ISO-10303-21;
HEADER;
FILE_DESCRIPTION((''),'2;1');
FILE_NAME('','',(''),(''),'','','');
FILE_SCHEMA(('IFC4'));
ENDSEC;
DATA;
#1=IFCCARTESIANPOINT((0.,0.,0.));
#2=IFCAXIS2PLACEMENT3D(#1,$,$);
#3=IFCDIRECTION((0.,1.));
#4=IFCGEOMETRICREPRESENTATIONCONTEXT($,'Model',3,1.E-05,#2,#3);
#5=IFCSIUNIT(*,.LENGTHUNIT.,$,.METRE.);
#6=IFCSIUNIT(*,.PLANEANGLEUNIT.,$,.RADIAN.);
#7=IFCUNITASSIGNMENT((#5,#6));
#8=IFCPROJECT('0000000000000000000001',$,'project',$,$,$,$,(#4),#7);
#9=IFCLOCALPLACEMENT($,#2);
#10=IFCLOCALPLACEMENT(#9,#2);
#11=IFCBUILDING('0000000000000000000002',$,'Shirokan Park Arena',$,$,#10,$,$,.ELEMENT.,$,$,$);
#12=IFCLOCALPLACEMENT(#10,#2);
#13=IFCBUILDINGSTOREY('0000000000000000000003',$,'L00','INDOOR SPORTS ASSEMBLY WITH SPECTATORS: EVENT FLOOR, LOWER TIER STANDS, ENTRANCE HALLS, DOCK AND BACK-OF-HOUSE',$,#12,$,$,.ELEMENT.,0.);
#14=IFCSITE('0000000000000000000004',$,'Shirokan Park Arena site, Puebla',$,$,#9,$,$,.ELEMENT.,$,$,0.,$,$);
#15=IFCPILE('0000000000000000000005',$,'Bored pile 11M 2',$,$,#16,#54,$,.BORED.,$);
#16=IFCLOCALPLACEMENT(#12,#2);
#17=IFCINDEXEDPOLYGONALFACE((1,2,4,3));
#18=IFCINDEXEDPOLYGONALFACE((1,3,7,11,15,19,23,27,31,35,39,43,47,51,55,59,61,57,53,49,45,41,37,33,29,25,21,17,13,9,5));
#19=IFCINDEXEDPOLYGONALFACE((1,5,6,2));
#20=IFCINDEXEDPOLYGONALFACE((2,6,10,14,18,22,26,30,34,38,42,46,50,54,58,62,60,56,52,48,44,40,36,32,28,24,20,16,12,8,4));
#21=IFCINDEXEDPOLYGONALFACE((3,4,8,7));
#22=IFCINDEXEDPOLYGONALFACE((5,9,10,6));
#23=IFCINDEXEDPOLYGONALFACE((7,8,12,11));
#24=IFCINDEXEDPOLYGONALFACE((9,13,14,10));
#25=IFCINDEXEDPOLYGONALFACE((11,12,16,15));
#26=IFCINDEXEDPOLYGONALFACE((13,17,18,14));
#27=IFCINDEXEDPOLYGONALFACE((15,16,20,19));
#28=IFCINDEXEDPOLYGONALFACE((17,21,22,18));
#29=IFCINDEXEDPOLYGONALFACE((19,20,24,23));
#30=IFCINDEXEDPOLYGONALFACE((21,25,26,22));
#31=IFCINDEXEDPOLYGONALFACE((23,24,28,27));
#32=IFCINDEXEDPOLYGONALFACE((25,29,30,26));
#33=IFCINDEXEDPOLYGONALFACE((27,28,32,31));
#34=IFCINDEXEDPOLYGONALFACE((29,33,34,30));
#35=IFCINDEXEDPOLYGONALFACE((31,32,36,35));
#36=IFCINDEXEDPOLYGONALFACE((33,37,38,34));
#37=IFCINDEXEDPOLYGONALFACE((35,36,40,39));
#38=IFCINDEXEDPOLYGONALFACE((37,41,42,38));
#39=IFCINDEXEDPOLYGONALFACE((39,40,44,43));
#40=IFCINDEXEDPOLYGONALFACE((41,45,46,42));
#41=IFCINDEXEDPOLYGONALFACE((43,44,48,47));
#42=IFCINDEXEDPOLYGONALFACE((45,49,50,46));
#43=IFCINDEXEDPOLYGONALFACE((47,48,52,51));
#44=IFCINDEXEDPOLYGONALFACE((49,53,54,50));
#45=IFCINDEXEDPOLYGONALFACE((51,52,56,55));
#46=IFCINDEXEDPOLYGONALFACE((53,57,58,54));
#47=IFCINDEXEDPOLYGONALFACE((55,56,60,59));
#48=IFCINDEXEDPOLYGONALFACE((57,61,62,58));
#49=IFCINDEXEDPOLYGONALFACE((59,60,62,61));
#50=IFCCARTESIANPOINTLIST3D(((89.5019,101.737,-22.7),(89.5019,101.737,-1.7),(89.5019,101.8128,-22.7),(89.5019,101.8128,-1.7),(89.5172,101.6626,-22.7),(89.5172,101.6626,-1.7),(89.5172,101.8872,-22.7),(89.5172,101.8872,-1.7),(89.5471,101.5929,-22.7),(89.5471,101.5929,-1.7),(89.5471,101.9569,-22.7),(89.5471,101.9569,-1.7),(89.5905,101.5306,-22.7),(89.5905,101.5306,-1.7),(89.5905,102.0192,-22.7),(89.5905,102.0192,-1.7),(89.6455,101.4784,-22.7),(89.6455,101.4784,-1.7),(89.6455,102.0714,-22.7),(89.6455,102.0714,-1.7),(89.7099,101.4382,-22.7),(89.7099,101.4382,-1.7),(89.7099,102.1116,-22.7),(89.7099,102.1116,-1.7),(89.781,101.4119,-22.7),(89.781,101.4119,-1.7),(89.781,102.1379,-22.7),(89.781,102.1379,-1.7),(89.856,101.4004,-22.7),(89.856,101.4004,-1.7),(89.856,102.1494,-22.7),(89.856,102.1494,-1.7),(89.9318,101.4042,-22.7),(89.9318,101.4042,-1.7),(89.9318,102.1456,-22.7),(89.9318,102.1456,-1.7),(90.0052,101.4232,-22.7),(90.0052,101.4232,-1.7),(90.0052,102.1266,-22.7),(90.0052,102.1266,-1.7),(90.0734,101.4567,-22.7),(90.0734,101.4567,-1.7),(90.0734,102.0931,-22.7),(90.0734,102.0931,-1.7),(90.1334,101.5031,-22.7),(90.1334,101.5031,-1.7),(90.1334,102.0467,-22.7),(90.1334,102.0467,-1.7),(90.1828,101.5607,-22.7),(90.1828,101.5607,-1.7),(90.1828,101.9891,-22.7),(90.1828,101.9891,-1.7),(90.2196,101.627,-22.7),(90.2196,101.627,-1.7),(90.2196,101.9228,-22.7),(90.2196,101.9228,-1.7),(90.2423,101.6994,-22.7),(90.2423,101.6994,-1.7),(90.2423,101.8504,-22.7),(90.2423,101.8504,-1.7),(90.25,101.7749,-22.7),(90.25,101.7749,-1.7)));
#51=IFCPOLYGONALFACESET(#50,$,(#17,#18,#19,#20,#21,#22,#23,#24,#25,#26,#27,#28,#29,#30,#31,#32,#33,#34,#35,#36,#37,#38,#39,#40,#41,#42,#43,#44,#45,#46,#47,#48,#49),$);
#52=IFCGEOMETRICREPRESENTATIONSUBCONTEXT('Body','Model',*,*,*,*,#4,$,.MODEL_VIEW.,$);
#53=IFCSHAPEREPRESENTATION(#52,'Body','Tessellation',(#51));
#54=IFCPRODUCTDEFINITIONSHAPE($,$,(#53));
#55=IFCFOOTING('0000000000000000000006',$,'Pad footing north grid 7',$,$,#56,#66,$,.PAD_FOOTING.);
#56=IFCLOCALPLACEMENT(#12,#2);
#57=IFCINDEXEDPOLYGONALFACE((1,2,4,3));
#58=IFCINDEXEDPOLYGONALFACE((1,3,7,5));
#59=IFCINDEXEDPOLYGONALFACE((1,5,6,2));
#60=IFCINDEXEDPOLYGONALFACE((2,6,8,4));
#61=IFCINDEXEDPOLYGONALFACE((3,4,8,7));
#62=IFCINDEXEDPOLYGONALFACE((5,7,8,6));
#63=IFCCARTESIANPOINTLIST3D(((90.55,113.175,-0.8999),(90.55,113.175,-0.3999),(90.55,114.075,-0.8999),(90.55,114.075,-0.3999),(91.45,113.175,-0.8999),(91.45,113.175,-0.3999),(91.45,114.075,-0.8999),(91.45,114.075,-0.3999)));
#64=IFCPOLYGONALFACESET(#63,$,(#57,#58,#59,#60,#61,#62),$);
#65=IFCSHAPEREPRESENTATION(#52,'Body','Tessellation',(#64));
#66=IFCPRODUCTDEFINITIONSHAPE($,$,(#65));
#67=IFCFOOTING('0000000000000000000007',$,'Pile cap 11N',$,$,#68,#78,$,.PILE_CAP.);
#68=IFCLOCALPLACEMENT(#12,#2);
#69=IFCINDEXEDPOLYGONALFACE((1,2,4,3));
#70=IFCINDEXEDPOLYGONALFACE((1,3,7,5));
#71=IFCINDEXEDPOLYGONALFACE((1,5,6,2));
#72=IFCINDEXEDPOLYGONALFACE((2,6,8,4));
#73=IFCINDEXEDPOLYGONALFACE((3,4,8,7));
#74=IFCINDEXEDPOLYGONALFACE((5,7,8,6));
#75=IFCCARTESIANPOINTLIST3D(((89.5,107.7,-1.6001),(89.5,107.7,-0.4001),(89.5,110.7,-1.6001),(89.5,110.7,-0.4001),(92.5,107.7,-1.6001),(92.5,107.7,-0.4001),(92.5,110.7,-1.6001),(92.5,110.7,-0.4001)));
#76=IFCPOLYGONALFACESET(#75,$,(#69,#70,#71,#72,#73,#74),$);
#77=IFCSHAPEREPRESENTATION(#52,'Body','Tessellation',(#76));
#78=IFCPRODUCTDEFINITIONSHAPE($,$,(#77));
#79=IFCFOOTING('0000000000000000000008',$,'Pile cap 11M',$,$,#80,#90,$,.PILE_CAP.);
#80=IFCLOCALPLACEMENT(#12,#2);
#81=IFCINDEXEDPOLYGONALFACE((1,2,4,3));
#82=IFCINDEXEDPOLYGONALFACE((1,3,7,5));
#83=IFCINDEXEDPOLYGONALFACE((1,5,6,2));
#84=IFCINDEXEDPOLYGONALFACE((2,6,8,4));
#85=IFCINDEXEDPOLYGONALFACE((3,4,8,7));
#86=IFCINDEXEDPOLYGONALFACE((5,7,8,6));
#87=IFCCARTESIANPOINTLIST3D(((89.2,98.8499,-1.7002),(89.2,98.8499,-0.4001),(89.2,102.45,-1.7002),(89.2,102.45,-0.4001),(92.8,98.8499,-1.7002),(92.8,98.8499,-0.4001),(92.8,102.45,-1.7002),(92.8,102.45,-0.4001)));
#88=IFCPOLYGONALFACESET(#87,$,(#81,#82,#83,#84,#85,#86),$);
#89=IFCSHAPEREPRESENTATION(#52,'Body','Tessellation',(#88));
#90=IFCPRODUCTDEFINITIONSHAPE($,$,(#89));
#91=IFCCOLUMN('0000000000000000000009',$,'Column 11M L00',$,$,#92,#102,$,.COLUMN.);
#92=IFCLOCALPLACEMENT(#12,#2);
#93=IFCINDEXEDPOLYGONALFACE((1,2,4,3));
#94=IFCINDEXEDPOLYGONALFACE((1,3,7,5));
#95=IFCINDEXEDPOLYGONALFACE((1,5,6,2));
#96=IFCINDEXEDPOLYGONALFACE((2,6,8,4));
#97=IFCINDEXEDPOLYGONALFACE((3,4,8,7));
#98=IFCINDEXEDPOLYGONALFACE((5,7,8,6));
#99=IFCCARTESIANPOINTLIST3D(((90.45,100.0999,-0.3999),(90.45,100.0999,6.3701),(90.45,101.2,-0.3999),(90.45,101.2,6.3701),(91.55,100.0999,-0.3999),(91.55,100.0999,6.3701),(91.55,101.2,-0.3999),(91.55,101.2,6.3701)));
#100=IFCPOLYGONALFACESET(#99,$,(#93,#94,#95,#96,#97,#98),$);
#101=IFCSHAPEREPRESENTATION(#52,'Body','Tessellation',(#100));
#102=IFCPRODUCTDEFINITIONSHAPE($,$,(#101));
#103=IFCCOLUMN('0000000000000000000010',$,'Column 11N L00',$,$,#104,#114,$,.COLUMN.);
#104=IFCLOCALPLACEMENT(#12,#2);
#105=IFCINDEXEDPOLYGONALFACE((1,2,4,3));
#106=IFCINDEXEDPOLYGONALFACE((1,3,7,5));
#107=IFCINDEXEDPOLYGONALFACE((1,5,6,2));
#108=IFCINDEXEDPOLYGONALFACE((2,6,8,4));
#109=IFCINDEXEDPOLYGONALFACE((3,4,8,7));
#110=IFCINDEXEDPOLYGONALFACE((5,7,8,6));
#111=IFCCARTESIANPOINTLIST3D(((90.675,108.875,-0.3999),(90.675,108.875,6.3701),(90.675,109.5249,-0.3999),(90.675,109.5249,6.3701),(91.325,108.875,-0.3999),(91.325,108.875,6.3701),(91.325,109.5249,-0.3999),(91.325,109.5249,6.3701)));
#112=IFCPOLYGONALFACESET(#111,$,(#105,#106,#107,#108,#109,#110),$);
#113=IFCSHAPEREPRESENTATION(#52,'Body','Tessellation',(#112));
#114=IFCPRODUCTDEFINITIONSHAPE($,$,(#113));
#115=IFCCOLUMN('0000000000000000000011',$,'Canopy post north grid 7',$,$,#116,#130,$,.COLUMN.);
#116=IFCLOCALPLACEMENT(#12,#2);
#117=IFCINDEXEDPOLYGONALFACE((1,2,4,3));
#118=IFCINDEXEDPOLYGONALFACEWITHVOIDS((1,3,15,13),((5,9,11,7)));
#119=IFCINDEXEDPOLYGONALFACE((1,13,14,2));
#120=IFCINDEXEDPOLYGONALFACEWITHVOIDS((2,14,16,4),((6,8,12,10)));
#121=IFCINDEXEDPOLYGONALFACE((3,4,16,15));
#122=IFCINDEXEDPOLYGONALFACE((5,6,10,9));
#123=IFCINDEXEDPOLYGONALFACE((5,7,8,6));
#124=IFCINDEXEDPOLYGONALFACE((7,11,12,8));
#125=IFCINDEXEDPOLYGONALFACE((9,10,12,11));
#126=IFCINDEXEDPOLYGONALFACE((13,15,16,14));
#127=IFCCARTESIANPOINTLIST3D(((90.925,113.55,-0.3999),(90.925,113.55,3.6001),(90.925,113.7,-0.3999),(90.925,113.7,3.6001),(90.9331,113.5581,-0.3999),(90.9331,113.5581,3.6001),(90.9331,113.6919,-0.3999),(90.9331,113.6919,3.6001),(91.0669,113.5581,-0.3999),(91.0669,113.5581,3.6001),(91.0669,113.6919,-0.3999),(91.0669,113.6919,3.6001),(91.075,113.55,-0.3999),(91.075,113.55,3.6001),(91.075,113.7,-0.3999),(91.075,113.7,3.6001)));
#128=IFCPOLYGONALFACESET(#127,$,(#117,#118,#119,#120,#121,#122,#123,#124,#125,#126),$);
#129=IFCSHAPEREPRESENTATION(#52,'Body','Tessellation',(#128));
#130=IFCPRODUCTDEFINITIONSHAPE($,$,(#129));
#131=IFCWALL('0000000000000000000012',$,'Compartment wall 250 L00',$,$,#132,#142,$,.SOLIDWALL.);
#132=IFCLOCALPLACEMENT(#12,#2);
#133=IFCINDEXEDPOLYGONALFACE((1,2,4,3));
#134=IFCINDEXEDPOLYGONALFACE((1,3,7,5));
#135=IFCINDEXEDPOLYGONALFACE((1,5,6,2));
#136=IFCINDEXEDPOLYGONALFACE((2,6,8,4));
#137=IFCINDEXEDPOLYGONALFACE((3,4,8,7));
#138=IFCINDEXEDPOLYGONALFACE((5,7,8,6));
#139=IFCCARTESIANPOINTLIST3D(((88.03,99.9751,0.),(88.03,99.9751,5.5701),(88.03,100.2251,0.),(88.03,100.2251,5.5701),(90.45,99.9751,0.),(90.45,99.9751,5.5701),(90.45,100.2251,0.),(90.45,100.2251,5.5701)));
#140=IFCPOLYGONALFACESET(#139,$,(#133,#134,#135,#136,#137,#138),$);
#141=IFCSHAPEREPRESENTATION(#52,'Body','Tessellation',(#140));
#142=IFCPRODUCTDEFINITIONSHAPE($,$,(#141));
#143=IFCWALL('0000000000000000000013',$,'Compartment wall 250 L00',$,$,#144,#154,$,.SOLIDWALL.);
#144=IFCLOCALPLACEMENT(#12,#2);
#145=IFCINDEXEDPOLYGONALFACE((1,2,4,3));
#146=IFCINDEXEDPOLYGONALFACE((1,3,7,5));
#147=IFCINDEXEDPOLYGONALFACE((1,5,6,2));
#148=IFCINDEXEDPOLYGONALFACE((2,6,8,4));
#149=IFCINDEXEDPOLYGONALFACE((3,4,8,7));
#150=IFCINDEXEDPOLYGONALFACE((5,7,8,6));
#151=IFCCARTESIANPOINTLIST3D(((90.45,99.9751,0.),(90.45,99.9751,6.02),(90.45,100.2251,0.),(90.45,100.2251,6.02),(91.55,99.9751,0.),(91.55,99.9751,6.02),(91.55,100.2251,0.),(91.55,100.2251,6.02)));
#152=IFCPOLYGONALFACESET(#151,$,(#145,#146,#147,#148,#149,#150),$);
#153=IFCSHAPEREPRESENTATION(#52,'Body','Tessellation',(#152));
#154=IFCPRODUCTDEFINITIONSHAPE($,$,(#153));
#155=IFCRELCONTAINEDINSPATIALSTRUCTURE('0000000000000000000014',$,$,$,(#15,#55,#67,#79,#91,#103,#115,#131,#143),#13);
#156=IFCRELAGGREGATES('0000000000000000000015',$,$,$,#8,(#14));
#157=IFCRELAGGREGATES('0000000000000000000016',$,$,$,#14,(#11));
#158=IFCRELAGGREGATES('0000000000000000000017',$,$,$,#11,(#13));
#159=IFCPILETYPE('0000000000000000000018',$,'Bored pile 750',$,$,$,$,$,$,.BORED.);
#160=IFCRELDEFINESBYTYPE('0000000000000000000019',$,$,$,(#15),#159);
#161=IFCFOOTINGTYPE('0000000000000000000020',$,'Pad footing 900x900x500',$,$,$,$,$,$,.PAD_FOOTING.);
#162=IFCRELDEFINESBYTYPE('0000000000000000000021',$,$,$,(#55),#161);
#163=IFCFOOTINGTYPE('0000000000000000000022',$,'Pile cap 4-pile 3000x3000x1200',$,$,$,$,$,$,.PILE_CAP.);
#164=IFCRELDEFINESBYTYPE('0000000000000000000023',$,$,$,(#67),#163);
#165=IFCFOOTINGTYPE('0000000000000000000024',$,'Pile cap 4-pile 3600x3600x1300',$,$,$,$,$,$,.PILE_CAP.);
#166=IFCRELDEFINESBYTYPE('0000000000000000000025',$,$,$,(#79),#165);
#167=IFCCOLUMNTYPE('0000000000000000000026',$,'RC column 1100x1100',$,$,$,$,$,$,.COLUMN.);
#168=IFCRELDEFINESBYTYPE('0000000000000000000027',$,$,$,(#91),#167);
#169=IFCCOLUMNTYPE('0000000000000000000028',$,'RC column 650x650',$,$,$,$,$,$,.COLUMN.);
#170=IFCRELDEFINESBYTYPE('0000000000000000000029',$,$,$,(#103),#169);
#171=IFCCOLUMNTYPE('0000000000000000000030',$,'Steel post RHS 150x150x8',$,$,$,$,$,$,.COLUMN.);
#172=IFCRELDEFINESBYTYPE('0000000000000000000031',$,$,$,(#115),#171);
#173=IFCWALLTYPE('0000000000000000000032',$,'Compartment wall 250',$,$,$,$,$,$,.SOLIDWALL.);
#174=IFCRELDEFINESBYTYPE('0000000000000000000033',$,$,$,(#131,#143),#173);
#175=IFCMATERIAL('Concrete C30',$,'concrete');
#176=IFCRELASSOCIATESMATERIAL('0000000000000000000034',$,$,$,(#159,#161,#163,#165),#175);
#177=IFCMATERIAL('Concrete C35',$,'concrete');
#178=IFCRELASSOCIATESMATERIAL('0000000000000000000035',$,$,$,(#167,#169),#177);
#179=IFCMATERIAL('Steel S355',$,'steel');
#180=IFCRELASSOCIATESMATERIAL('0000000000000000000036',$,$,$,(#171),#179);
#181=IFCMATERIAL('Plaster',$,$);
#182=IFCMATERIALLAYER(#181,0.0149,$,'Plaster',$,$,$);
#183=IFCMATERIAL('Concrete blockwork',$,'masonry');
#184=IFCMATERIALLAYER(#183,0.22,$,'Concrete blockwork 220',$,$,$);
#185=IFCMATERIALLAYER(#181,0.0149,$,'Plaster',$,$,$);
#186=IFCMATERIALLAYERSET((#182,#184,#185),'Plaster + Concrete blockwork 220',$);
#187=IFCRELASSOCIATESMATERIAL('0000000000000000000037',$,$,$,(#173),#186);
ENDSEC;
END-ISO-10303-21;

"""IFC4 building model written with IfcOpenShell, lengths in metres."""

from ifc_helpers import new_model, si_unit, direction, frame, frame_2d, origin, origin_2d, place, context, subcontext, project, spatial, rectangle, hollow_rectangle, circle, extrude, material, layer, layer_set, material_profile, profile_set, type_object, element, save


model = new_model("IFC4")

# Units and contexts
model_context = context("Model", 3, precision=1e-05, world=origin(), true_north=direction((0.0, 1.0)))
body_context = subcontext(model_context, "Body", "Model", "MODEL_VIEW")
ifc_project = project(units=[si_unit("LENGTHUNIT", "METRE"), si_unit("PLANEANGLEUNIT", "RADIAN")], contexts=[model_context])

# Site, building, storey
site_placement = place(None, origin())
site = spatial("IfcSite", under=ifc_project, at=site_placement, Name="Shirokan Park Arena site, Puebla", CompositionType="ELEMENT", RefElevation=0.0)
building_placement = place(site_placement, origin())
building = spatial("IfcBuilding", under=site, at=building_placement, Name="Shirokan Park Arena", CompositionType="ELEMENT")
storey_placement = place(building_placement, origin())
storey = spatial("IfcBuildingStorey", under=building, at=storey_placement, Name="L00", Description="INDOOR SPORTS ASSEMBLY WITH SPECTATORS: EVENT FLOOR, LOWER TIER STANDS, ENTRANCE HALLS, DOCK AND BACK-OF-HOUSE", CompositionType="ELEMENT", Elevation=0.0)

# Pile
ifc_material_1 = material(Name="Concrete C30", Category="concrete")
ifc_material_profile_1 = material_profile(ifc_material_1, circle(Radius=0.375, at=origin_2d()), Name="D750")
ifc_profile_set_1 = profile_set([ifc_material_profile_1], Name="Concrete C30")
pile_type_1 = type_object("IfcPileType", Name="Bored pile 750", PredefinedType="BORED", material=ifc_profile_set_1)
for number, where, z_axis, x_axis, name in (
    (1, (89.875, 101.7749, -1.7), (0.0, 0.0, -1.0), (1.0, 0.0, 0.0), "Bored pile 11M 2"),
):
    element("IfcPile", number, at=place(storey_placement, frame(where, z_axis=z_axis, x_axis=x_axis)), inside=storey, type_object=pile_type_1, Name=name, PredefinedType="BORED", context=body_context, shape_type="SweptSolid", body=[
        extrude(circle(Radius=0.375, at=origin_2d()), origin(), (0.0, 0.0, 1.0), 21.0),
    ])

# Footings
footing_type_1 = type_object("IfcFootingType", Name="Pad footing 900x900x500", PredefinedType="PAD_FOOTING", material=ifc_material_1)
footing_1_placement = place(storey_placement, frame((91.0, 113.625, -0.8999), z_axis=(0.0, 0.0, 1.0), x_axis=(1.0, 0.0, 0.0)))
element("IfcFooting", 2, at=footing_1_placement, inside=storey, type_object=footing_type_1, Name="Pad footing north grid 7", PredefinedType="PAD_FOOTING", context=body_context, shape_type="SweptSolid", body=[
    extrude(rectangle(XDim=0.8999, YDim=0.8999, at=origin_2d()), origin(), (0.0, 0.0, 1.0), 0.5),
])
footing_type_2 = type_object("IfcFootingType", Name="Pile cap 4-pile 3000x3000x1200", PredefinedType="PILE_CAP", material=ifc_material_1)
footing_2_placement = place(storey_placement, frame((91.0, 109.2, -1.6001), z_axis=(0.0, 0.0, 1.0), x_axis=(1.0, 0.0, 0.0)))
element("IfcFooting", 3, at=footing_2_placement, inside=storey, type_object=footing_type_2, Name="Pile cap 11N", PredefinedType="PILE_CAP", context=body_context, shape_type="SweptSolid", body=[
    extrude(rectangle(XDim=3.0, YDim=3.0, at=origin_2d()), origin(), (0.0, 0.0, 1.0), 1.2),
])
footing_type_3 = type_object("IfcFootingType", Name="Pile cap 4-pile 3600x3600x1300", PredefinedType="PILE_CAP", material=ifc_material_1)
footing_3_placement = place(storey_placement, frame((91.0, 100.6499, -1.7002), z_axis=(0.0, 0.0, 1.0), x_axis=(1.0, 0.0, 0.0)))
element("IfcFooting", 4, at=footing_3_placement, inside=storey, type_object=footing_type_3, Name="Pile cap 11M", PredefinedType="PILE_CAP", context=body_context, shape_type="SweptSolid", body=[
    extrude(rectangle(XDim=3.6001, YDim=3.6001, at=origin_2d()), origin(), (0.0, 0.0, 1.0), 1.3),
])

# Columns
ifc_material_2 = material(Name="Concrete C35", Category="concrete")
ifc_material_profile_2 = material_profile(ifc_material_2, rectangle(XDim=1.1001, YDim=1.1001, at=origin_2d()), Name="1100x1100")
ifc_profile_set_2 = profile_set([ifc_material_profile_2], Name="Concrete C35")
column_type_1 = type_object("IfcColumnType", Name="RC column 1100x1100", PredefinedType="COLUMN", material=ifc_profile_set_2)
column_1_placement = place(storey_placement, frame((91.0, 100.6499, -0.3999), z_axis=(0.0, 0.0, 1.0), x_axis=(1.0, 0.0, 0.0)))
element("IfcColumn", 5, at=column_1_placement, inside=storey, type_object=column_type_1, Name="Column 11M L00", PredefinedType="COLUMN", context=body_context, shape_type="SweptSolid", body=[
    extrude(rectangle(XDim=1.1001, YDim=1.1001, at=origin_2d()), origin(), (0.0, 0.0, 1.0), 6.77),
])
ifc_material_profile_3 = material_profile(ifc_material_2, rectangle(XDim=0.6499, YDim=0.6499, at=origin_2d()), Name="650x650")
ifc_profile_set_3 = profile_set([ifc_material_profile_3], Name="Concrete C35")
column_type_2 = type_object("IfcColumnType", Name="RC column 650x650", PredefinedType="COLUMN", material=ifc_profile_set_3)
column_2_placement = place(storey_placement, frame((91.0, 109.2, -0.3999), z_axis=(0.0, 0.0, 1.0), x_axis=(1.0, 0.0, 0.0)))
element("IfcColumn", 6, at=column_2_placement, inside=storey, type_object=column_type_2, Name="Column 11N L00", PredefinedType="COLUMN", context=body_context, shape_type="SweptSolid", body=[
    extrude(rectangle(XDim=0.6499, YDim=0.6499, at=origin_2d()), origin(), (0.0, 0.0, 1.0), 6.77),
])
ifc_material_3 = material(Name="Steel S355", Category="steel")
ifc_material_profile_4 = material_profile(ifc_material_3, hollow_rectangle(XDim=0.1499, YDim=0.1499, WallThickness=0.0081, at=origin_2d()), Name="RHS 150x150x8")
ifc_profile_set_4 = profile_set([ifc_material_profile_4], Name="Steel S355")
column_type_3 = type_object("IfcColumnType", Name="Steel post RHS 150x150x8", PredefinedType="COLUMN", material=ifc_profile_set_4)
column_3_placement = place(storey_placement, frame((91.0, 113.625, -0.3999), z_axis=(0.0, 0.0, 1.0), x_axis=(1.0, 0.0, 0.0)))
element("IfcColumn", 7, at=column_3_placement, inside=storey, type_object=column_type_3, Name="Canopy post north grid 7", PredefinedType="COLUMN", context=body_context, shape_type="SweptSolid", body=[
    extrude(hollow_rectangle(XDim=0.1499, YDim=0.1499, WallThickness=0.0081, at=origin_2d()), origin(), (0.0, 0.0, 1.0), 4.0),
])

# Walls
ifc_material_4 = material(Name="Plaster")
ifc_layer_1 = layer(ifc_material_4, 0.0149, Name="Plaster")
ifc_material_5 = material(Name="Concrete blockwork", Category="masonry")
ifc_layer_2 = layer(ifc_material_5, 0.22, Name="Concrete blockwork 220")
ifc_layer_3 = layer(ifc_material_4, 0.0149, Name="Plaster")
ifc_layer_set_1 = layer_set([ifc_layer_1, ifc_layer_2, ifc_layer_3], Name="Plaster + Concrete blockwork 220")
wall_type_1 = type_object("IfcWallType", Name="Compartment wall 250", PredefinedType="SOLIDWALL", material=ifc_layer_set_1)
wall_1_placement = place(storey_placement, frame((88.03, 100.1001, 0.0), z_axis=(0.0, 0.0, 1.0), x_axis=(1.0, 0.0, 0.0)))
element("IfcWall", 8, at=wall_1_placement, inside=storey, type_object=wall_type_1, Name="Compartment wall 250 L00", PredefinedType="SOLIDWALL", context=body_context, shape_type="SweptSolid", body=[
    extrude(rectangle(XDim=2.4199, YDim=0.25, at=frame_2d((1.21, 0.0))), origin(), (0.0, 0.0, 1.0), 5.5701),
])
wall_2_placement = place(storey_placement, frame((90.45, 100.1001, 0.0), z_axis=(0.0, 0.0, 1.0), x_axis=(1.0, 0.0, 0.0)))
element("IfcWall", 9, at=wall_2_placement, inside=storey, type_object=wall_type_1, Name="Compartment wall 250 L00", PredefinedType="SOLIDWALL", context=body_context, shape_type="SweptSolid", body=[
    extrude(rectangle(XDim=1.1001, YDim=0.25, at=frame_2d((0.55, 0.0))), origin(), (0.0, 0.0, 1.0), 6.02),
])

save(model, "model.ifc")
